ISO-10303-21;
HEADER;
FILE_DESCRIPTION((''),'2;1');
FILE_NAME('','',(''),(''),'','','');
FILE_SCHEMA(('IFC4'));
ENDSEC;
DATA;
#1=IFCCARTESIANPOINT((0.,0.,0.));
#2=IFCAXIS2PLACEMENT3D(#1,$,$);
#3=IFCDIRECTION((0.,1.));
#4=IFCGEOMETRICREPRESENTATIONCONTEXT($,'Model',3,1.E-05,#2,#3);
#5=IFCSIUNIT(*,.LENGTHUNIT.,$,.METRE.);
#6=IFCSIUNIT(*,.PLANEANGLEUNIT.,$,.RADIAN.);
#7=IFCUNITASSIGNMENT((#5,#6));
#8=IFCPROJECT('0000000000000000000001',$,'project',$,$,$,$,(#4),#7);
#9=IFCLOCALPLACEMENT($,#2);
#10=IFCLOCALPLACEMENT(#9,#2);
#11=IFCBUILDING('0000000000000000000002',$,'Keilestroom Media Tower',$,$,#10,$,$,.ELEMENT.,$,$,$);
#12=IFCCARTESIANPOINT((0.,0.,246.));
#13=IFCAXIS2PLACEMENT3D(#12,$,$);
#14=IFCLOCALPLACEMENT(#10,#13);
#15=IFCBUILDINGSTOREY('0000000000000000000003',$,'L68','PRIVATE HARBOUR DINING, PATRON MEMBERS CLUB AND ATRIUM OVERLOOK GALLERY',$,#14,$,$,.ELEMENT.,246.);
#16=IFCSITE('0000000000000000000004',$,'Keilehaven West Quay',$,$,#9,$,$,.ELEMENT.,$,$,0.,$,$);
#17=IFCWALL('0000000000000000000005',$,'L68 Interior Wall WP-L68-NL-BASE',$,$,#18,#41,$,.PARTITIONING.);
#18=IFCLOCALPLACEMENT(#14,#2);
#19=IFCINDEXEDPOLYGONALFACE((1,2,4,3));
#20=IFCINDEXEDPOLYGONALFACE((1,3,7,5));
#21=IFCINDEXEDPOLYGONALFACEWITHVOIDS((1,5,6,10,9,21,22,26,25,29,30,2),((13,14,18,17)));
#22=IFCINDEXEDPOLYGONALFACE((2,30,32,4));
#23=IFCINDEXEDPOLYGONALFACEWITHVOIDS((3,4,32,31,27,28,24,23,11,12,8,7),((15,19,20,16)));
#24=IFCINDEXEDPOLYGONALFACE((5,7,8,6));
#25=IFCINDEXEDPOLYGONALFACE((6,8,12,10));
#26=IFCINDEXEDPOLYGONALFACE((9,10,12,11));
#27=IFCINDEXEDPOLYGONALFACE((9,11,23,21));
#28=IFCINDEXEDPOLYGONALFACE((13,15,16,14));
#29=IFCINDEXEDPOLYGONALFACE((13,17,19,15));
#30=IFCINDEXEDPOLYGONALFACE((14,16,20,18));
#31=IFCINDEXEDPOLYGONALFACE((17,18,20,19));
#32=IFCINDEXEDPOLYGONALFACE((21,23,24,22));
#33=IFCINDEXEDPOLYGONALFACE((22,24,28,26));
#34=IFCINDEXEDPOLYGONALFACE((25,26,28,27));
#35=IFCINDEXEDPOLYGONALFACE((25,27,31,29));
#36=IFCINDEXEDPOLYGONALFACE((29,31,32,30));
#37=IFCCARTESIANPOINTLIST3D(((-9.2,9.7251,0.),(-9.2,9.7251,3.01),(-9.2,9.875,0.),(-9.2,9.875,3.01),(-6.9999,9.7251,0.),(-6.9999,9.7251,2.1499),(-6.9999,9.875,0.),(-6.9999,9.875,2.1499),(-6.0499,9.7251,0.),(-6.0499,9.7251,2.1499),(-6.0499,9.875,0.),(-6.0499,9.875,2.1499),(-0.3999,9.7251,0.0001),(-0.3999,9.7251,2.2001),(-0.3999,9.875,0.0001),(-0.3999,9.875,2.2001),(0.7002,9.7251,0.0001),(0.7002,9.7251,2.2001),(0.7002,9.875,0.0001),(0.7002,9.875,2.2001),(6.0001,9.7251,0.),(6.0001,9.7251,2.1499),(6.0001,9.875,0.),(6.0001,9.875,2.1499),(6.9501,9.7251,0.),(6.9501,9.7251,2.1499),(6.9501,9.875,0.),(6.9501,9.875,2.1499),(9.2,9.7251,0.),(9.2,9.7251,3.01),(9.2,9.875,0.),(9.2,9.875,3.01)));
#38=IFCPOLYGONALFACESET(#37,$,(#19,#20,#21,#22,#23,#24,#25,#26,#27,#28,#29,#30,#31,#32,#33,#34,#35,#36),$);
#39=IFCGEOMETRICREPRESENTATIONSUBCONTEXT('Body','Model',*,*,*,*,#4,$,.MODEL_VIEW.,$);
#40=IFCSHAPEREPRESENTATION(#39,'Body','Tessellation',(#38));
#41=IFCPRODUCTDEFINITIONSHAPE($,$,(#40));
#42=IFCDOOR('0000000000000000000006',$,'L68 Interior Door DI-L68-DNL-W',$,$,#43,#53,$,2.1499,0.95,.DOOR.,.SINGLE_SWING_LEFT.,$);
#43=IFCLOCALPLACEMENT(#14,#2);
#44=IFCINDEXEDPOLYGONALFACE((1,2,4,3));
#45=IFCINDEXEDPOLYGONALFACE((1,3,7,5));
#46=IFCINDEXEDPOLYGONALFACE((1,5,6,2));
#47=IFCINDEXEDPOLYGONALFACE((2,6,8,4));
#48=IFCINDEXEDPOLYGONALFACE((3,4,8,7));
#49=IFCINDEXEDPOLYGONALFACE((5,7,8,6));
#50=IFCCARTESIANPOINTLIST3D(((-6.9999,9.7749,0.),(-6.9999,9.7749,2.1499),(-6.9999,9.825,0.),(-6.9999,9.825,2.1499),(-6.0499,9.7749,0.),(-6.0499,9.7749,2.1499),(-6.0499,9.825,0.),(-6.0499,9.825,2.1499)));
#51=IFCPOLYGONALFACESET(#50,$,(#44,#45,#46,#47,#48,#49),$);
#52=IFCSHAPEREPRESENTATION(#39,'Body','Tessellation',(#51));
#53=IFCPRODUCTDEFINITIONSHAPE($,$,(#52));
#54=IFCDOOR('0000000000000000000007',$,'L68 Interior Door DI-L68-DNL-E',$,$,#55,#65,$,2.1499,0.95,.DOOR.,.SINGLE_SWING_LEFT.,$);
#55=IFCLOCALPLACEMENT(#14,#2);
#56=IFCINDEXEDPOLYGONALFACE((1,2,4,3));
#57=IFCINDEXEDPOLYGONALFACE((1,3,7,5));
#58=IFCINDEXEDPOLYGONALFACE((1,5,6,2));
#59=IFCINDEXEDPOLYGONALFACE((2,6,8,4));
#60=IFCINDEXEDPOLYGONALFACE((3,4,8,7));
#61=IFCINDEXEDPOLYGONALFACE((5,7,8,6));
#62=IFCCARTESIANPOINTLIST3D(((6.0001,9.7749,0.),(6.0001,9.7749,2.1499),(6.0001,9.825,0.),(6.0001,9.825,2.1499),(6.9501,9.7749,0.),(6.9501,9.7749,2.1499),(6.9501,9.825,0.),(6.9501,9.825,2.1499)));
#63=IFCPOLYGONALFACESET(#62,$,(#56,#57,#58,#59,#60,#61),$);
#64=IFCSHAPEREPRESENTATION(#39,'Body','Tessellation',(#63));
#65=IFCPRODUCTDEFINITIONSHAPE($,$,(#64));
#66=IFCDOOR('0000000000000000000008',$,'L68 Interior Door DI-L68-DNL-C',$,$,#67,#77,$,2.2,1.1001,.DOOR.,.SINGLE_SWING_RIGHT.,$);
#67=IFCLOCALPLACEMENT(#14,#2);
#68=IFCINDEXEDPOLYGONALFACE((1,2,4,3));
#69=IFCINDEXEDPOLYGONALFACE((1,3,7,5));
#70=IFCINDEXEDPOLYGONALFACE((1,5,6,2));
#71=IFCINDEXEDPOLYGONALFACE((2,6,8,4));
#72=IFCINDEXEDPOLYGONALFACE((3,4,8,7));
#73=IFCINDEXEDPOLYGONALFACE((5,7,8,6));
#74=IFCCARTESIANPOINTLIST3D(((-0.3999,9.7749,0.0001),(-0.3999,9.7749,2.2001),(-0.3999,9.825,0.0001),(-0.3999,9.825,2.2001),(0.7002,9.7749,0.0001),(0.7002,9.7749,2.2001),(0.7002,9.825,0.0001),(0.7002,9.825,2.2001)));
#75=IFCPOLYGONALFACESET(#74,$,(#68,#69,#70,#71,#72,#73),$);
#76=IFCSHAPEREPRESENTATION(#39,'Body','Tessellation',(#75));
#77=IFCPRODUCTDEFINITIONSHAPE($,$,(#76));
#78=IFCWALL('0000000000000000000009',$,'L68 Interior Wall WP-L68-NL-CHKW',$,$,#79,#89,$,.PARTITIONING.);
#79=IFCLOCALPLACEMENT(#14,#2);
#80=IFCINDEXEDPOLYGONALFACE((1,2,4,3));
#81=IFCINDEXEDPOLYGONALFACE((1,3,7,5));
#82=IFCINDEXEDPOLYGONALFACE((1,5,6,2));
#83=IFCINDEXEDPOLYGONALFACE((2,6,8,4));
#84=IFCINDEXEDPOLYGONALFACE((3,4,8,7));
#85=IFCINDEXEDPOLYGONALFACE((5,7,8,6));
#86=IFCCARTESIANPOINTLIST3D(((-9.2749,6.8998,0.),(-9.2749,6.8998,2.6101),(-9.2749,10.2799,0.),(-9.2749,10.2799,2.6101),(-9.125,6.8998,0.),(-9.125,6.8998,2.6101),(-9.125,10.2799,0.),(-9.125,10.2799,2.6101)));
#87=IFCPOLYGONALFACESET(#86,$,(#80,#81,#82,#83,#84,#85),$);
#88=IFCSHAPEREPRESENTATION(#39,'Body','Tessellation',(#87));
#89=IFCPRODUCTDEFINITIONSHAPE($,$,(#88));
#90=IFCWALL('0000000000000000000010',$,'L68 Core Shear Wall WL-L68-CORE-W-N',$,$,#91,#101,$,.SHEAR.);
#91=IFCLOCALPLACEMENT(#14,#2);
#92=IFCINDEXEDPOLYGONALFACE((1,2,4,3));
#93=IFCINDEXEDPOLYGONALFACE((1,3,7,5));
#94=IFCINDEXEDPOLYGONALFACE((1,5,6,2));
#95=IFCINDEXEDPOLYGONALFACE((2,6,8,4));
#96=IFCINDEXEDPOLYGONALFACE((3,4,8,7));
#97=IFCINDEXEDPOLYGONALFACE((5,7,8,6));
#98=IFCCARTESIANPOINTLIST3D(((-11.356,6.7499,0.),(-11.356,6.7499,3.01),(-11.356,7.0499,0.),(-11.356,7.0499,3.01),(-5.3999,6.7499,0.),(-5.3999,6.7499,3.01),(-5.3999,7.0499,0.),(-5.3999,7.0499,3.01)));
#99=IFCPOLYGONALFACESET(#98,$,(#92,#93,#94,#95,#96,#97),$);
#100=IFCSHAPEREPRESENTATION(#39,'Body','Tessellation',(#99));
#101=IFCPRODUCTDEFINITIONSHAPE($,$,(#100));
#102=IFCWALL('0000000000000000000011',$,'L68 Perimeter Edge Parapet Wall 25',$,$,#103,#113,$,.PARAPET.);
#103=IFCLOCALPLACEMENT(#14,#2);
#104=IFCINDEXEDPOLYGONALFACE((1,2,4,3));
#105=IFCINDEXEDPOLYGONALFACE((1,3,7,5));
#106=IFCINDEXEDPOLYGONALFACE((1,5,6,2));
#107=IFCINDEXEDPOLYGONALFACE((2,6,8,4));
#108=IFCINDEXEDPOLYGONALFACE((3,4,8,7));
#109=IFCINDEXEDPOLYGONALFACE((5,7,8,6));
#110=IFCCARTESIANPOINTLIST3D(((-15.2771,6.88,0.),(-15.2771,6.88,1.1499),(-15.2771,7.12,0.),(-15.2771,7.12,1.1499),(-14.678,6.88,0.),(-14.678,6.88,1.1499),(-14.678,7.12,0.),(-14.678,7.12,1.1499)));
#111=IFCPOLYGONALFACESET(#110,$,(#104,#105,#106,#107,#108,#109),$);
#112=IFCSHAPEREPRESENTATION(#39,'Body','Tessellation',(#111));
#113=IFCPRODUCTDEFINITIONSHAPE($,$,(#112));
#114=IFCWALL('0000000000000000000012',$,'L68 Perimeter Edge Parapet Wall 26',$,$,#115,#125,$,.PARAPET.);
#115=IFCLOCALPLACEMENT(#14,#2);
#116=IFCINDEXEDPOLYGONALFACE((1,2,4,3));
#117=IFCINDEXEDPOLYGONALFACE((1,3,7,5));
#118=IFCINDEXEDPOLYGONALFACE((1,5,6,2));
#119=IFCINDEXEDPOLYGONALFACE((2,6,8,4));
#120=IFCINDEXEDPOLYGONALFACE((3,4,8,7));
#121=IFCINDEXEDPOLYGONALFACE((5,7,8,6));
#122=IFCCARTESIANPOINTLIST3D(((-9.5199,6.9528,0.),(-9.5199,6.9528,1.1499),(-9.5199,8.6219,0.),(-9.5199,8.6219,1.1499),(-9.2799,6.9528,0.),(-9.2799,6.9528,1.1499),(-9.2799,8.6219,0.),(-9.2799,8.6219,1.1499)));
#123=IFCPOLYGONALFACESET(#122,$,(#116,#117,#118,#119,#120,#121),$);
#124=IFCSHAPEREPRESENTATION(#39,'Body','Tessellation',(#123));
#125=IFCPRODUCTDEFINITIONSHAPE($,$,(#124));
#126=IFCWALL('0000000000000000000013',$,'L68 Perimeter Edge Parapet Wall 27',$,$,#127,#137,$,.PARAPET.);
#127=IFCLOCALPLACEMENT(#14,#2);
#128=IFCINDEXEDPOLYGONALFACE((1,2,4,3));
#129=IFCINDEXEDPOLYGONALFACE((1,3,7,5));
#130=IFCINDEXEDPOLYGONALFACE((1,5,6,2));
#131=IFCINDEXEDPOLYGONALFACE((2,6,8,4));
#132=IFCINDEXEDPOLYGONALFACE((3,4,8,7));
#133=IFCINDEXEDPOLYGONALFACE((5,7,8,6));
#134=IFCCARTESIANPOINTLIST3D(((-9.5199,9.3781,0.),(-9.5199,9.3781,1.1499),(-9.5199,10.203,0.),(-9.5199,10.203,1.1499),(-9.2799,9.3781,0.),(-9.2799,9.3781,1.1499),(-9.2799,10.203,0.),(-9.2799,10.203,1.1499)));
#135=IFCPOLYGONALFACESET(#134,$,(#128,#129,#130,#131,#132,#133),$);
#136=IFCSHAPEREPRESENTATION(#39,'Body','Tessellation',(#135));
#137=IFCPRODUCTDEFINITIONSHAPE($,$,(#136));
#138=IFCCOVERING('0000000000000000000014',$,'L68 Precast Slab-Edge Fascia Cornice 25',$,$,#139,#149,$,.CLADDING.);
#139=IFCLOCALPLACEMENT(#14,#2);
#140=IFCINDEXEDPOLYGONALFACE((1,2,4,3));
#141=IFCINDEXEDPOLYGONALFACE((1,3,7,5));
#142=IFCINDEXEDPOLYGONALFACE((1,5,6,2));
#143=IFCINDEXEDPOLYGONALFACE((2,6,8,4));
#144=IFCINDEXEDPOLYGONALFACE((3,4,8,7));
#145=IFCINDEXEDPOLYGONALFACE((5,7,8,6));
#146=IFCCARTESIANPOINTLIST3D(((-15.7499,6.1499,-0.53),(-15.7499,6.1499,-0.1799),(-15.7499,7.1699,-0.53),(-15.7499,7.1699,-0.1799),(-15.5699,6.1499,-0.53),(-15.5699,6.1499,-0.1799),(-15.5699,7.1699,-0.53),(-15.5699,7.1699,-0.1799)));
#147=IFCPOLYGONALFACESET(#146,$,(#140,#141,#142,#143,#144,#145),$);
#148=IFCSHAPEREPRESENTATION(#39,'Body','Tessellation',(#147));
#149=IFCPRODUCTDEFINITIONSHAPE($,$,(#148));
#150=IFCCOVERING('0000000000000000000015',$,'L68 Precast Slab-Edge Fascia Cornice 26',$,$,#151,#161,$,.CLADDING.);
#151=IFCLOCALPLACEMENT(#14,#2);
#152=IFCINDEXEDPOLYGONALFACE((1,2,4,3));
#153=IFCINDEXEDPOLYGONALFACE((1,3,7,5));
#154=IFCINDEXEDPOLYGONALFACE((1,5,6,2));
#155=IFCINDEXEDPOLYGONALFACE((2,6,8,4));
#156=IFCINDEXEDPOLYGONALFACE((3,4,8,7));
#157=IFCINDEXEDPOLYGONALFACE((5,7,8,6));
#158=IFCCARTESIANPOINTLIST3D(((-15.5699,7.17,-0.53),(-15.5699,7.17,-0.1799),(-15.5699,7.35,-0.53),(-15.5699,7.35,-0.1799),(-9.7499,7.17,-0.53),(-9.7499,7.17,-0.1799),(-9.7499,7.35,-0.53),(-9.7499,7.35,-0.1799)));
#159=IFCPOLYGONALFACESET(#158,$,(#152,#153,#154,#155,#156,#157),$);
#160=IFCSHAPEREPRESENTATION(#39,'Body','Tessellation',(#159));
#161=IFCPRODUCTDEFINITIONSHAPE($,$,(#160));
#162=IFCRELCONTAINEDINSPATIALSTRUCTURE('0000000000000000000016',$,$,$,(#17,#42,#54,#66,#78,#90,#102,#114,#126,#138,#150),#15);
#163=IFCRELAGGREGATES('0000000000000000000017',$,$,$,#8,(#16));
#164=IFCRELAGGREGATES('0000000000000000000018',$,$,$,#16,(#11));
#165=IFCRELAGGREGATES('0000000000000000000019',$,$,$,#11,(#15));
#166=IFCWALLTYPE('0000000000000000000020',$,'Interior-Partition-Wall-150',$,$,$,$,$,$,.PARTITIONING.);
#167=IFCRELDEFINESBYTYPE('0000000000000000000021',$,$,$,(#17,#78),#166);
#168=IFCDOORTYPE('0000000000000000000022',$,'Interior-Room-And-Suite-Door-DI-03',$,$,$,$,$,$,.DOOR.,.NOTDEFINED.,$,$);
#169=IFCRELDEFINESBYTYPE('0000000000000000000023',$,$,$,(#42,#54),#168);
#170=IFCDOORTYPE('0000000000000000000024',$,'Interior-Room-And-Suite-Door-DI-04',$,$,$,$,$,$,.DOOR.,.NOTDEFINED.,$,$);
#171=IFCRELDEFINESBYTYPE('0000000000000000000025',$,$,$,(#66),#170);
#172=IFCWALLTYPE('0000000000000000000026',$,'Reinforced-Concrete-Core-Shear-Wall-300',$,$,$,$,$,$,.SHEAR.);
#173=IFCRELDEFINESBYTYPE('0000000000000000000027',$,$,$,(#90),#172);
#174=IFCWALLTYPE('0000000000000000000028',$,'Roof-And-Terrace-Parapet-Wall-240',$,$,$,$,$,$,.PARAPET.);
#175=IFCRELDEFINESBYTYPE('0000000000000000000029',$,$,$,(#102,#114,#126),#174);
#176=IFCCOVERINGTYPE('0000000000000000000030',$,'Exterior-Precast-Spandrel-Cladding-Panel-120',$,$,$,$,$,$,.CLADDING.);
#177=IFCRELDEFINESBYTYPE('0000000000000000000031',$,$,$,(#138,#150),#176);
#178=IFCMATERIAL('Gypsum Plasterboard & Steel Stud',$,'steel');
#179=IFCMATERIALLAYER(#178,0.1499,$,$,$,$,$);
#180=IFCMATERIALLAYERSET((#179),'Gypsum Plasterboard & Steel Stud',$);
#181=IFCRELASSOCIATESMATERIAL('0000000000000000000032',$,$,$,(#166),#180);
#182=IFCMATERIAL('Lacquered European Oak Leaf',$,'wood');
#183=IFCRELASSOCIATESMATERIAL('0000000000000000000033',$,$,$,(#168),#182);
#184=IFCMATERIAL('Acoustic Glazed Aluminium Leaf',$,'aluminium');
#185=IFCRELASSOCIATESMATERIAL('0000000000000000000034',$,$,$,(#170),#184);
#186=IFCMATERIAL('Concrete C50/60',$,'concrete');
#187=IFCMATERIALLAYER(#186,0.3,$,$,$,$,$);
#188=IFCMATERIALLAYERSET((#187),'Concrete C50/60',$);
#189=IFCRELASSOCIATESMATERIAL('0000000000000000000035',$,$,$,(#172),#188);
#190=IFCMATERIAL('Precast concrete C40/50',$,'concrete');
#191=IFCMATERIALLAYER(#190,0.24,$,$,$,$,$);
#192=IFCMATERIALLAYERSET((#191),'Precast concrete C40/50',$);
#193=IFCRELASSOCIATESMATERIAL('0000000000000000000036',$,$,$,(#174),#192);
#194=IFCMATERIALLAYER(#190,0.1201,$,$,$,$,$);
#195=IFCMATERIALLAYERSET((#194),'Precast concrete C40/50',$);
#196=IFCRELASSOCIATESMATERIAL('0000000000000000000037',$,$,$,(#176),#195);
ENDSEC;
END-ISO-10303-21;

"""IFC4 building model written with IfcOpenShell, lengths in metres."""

from ifc_helpers import new_model, si_unit, direction, frame, frame_2d, origin, origin_2d, place, context, subcontext, project, spatial, rectangle, extrude, source, transform, mapped, material, layer, layer_set, type_object, element, fill, save


model = new_model("IFC4")

# Units and contexts
model_context = context("Model", 3, precision=1e-05, world=origin(), true_north=direction((0.0, 1.0)))
body_context = subcontext(model_context, "Body", "Model", "MODEL_VIEW")
ifc_project = project(units=[si_unit("LENGTHUNIT", "METRE"), si_unit("PLANEANGLEUNIT", "RADIAN")], contexts=[model_context])

# Site, building, storey
site_placement = place(None, origin())
site = spatial("IfcSite", under=ifc_project, at=site_placement, Name="Keilehaven West Quay", CompositionType="ELEMENT", RefElevation=0.0)
building_placement = place(site_placement, origin())
building = spatial("IfcBuilding", under=site, at=building_placement, Name="Keilestroom Media Tower", CompositionType="ELEMENT")
storey_placement = place(building_placement, frame((0.0, 0.0, 246.0)))
storey = spatial("IfcBuildingStorey", under=building, at=storey_placement, Name="L68", Description="PRIVATE HARBOUR DINING, PATRON MEMBERS CLUB AND ATRIUM OVERLOOK GALLERY", CompositionType="ELEMENT", Elevation=246.0)

# Shared definitions
ifc_material_1 = material(Name="Precast concrete C40/50", Category="concrete")
ifc_material_2 = material(Name="Concrete C50/60", Category="concrete")

# Wall, openings, doors
ifc_material_3 = material(Name="Gypsum Plasterboard & Steel Stud", Category="steel")
ifc_layer_1 = layer(ifc_material_3, 0.1499)
ifc_layer_set_1 = layer_set([ifc_layer_1], Name="Gypsum Plasterboard & Steel Stud")
wall_type_1 = type_object("IfcWallType", Name="Interior-Partition-Wall-150", PredefinedType="PARTITIONING", material=ifc_layer_set_1)
wall_1_placement = place(storey_placement, frame((-9.2, 9.8, 0.0), z_axis=(0.0, 0.0, 1.0), x_axis=(1.0, 0.0, 0.0)))
wall_1 = element("IfcWall", 1, at=wall_1_placement, inside=storey, type_object=wall_type_1, Name="L68 Interior Wall WP-L68-NL-BASE", PredefinedType="PARTITIONING", context=body_context, shape_type="SweptSolid", body=[
    extrude(rectangle(XDim=18.3999, YDim=0.1499, at=frame_2d((9.2, 0.0))), origin(), (0.0, 0.0, 1.0), 3.01),
])
opening_1_placement = place(wall_1_placement, frame((2.2, 0.0, 0.0)))
opening_1 = element("IfcOpeningElement", 2, at=opening_1_placement, cuts=wall_1, PredefinedType="OPENING", context=body_context, shape_type="SweptSolid", body=[
    extrude(rectangle(XDim=0.95, YDim=2.1499, at=frame_2d((0.4751, 1.075))), frame((0.0, 0.085, 0.0), z_axis=(0.0, -1.0, 0.0), x_axis=(1.0, 0.0, 0.0)), (0.0, 0.0, 1.0), 0.1699),
])
opening_2_placement = place(wall_1_placement, frame((8.8, 0.0, 0.0)))
opening_2 = element("IfcOpeningElement", 3, at=opening_2_placement, cuts=wall_1, PredefinedType="OPENING", context=body_context, shape_type="SweptSolid", body=[
    extrude(rectangle(XDim=1.1001, YDim=2.2, at=frame_2d((0.55, 1.1001))), frame((0.0, 0.085, 0.0), z_axis=(0.0, -1.0, 0.0), x_axis=(1.0, 0.0, 0.0)), (0.0, 0.0, 1.0), 0.1699),
])
opening_3_placement = place(wall_1_placement, frame((15.2, 0.0, 0.0)))
opening_3 = element("IfcOpeningElement", 4, at=opening_3_placement, cuts=wall_1, PredefinedType="OPENING", context=body_context, shape_type="SweptSolid", body=[
    extrude(rectangle(XDim=0.95, YDim=2.1499, at=frame_2d((0.4751, 1.075))), frame((0.0, 0.085, 0.0), z_axis=(0.0, -1.0, 0.0), x_axis=(1.0, 0.0, 0.0)), (0.0, 0.0, 1.0), 0.1699),
])
ifc_material_4 = material(Name="Lacquered European Oak Leaf", Category="wood")
door_type_1 = type_object("IfcDoorType", Name="Interior-Room-And-Suite-Door-DI-03", OperationType="NOTDEFINED", PredefinedType="DOOR", material=ifc_material_4)
shared_shape_1 = source(origin(), body_context, "Body", "SweptSolid", [
    extrude(rectangle(XDim=0.95, YDim=2.1499, at=frame_2d((0.4751, 1.075))), frame((0.0, 0.0249, 0.0), z_axis=(0.0, -1.0, 0.0), x_axis=(1.0, 0.0, 0.0)), (0.0, 0.0, 1.0), 0.05),
])
door_1_placement = place(opening_1_placement, origin())
door_1 = element("IfcDoor", 5, at=door_1_placement, inside=storey, type_object=door_type_1, Name="L68 Interior Door DI-L68-DNL-W", OperationType="SINGLE_SWING_LEFT", OverallHeight=2.1499, OverallWidth=0.95, PredefinedType="DOOR", context=body_context, shape_type="MappedRepresentation", body=[
    mapped(shared_shape_1, transform((0.0, 0.0, 0.0), x_axis=(1.0, 0.0, 0.0), y_axis=(0.0, 1.0, 0.0), z_axis=(0.0, 0.0, 1.0), scale=1.0)),
])
fill(opening_1, door_1)
door_2_placement = place(opening_3_placement, origin())
door_2 = element("IfcDoor", 6, at=door_2_placement, inside=storey, type_object=door_type_1, Name="L68 Interior Door DI-L68-DNL-E", OperationType="SINGLE_SWING_LEFT", OverallHeight=2.1499, OverallWidth=0.95, PredefinedType="DOOR", context=body_context, shape_type="MappedRepresentation", body=[
    mapped(shared_shape_1, transform((0.0, 0.0, 0.0), x_axis=(1.0, 0.0, 0.0), y_axis=(0.0, 1.0, 0.0), z_axis=(0.0, 0.0, 1.0), scale=1.0)),
])
fill(opening_3, door_2)
ifc_material_5 = material(Name="Acoustic Glazed Aluminium Leaf", Category="aluminium")
door_type_2 = type_object("IfcDoorType", Name="Interior-Room-And-Suite-Door-DI-04", OperationType="NOTDEFINED", PredefinedType="DOOR", material=ifc_material_5)
shared_shape_2 = source(origin(), body_context, "Body", "SweptSolid", [
    extrude(rectangle(XDim=1.1001, YDim=2.2, at=frame_2d((0.55, 1.1001))), frame((0.0, 0.0249, 0.0), z_axis=(0.0, -1.0, 0.0), x_axis=(1.0, 0.0, 0.0)), (0.0, 0.0, 1.0), 0.05),
])
door_3_placement = place(opening_2_placement, origin())
door_3 = element("IfcDoor", 7, at=door_3_placement, inside=storey, type_object=door_type_2, Name="L68 Interior Door DI-L68-DNL-C", OperationType="SINGLE_SWING_RIGHT", OverallHeight=2.2, OverallWidth=1.1001, PredefinedType="DOOR", context=body_context, shape_type="MappedRepresentation", body=[
    mapped(shared_shape_2, transform((0.0, 0.0, 0.0), x_axis=(1.0, 0.0, 0.0), y_axis=(0.0, 1.0, 0.0), z_axis=(0.0, 0.0, 1.0), scale=1.0)),
])
fill(opening_2, door_3)

# Walls
wall_2_placement = place(storey_placement, frame((-9.2, 6.8999, 0.0), z_axis=(0.0, 0.0, 1.0), x_axis=(0.0, 1.0, 0.0)))
element("IfcWall", 8, at=wall_2_placement, inside=storey, type_object=wall_type_1, Name="L68 Interior Wall WP-L68-NL-CHKW", PredefinedType="PARTITIONING", context=body_context, shape_type="SweptSolid", body=[
    extrude(rectangle(XDim=3.3801, YDim=0.1499, at=frame_2d((1.6899, 0.0))), origin(), (0.0, 0.0, 1.0), 2.6101),
])
ifc_layer_2 = layer(ifc_material_2, 0.3)
ifc_layer_set_2 = layer_set([ifc_layer_2], Name="Concrete C50/60")
wall_type_2 = type_object("IfcWallType", Name="Reinforced-Concrete-Core-Shear-Wall-300", PredefinedType="SHEAR", material=ifc_layer_set_2)
wall_3_placement = place(storey_placement, frame((-11.356, 6.8999, 0.0), z_axis=(0.0, 0.0, 1.0), x_axis=(1.0, 0.0, 0.0)))
element("IfcWall", 9, at=wall_3_placement, inside=storey, type_object=wall_type_2, Name="L68 Core Shear Wall WL-L68-CORE-W-N", PredefinedType="SHEAR", context=body_context, shape_type="SweptSolid", body=[
    extrude(rectangle(XDim=5.9561, YDim=0.3, at=frame_2d((2.978, 0.0))), origin(), (0.0, 0.0, 1.0), 3.01),
])
ifc_layer_3 = layer(ifc_material_1, 0.24)
ifc_layer_set_3 = layer_set([ifc_layer_3], Name="Precast concrete C40/50")
wall_type_3 = type_object("IfcWallType", Name="Roof-And-Terrace-Parapet-Wall-240", PredefinedType="PARAPET", material=ifc_layer_set_3)
wall_4_placement = place(storey_placement, frame((-15.2771, 7.0, 0.0), z_axis=(0.0, 0.0, 1.0), x_axis=(1.0, 0.0, 0.0)))
element("IfcWall", 10, at=wall_4_placement, inside=storey, type_object=wall_type_3, Name="L68 Perimeter Edge Parapet Wall 25", PredefinedType="PARAPET", context=body_context, shape_type="SweptSolid", body=[
    extrude(rectangle(XDim=0.5991, YDim=0.24, at=frame_2d((0.2996, 0.0))), origin(), (0.0, 0.0, 1.0), 1.1499),
])
wall_5_placement = place(storey_placement, frame((-9.3999, 6.9529, 0.0), z_axis=(0.0, 0.0, 1.0), x_axis=(0.0, 1.0, 0.0)))
element("IfcWall", 11, at=wall_5_placement, inside=storey, type_object=wall_type_3, Name="L68 Perimeter Edge Parapet Wall 26", PredefinedType="PARAPET", context=body_context, shape_type="SweptSolid", body=[
    extrude(rectangle(XDim=1.6692, YDim=0.24, at=frame_2d((0.8345, 0.0))), origin(), (0.0, 0.0, 1.0), 1.1499),
])
wall_6_placement = place(storey_placement, frame((-9.3999, 9.3779, 0.0), z_axis=(0.0, 0.0, 1.0), x_axis=(0.0, 1.0, 0.0)))
element("IfcWall", 12, at=wall_6_placement, inside=storey, type_object=wall_type_3, Name="L68 Perimeter Edge Parapet Wall 27", PredefinedType="PARAPET", context=body_context, shape_type="SweptSolid", body=[
    extrude(rectangle(XDim=0.825, YDim=0.24, at=frame_2d((0.4126, 0.0))), origin(), (0.0, 0.0, 1.0), 1.1499),
])

# Coverings
ifc_layer_4 = layer(ifc_material_1, 0.1201)
ifc_layer_set_4 = layer_set([ifc_layer_4], Name="Precast concrete C40/50")
covering_type = type_object("IfcCoveringType", Name="Exterior-Precast-Spandrel-Cladding-Panel-120", PredefinedType="CLADDING", material=ifc_layer_set_4)
shared_shape_3 = source(origin(), body_context, "Body", "SweptSolid", [
    extrude(rectangle(XDim=1.02, YDim=0.1799, at=origin_2d()), origin(), (0.0, 0.0, 1.0), 0.3501),
])
covering_1_placement = place(storey_placement, frame((-15.6599, 6.6599, -0.53), z_axis=(0.0, 0.0, 1.0), x_axis=(0.0, 1.0, 0.0)))
element("IfcCovering", 13, at=covering_1_placement, inside=storey, type_object=covering_type, Name="L68 Precast Slab-Edge Fascia Cornice 25", PredefinedType="CLADDING", context=body_context, shape_type="MappedRepresentation", body=[
    mapped(shared_shape_3, transform((0.0, 0.0, 0.0), x_axis=(1.0, 0.0, 0.0), y_axis=(0.0, 1.0, 0.0), z_axis=(0.0, 0.0, 1.0), scale=1.0)),
])
shared_shape_4 = source(origin(), body_context, "Body", "SweptSolid", [
    extrude(rectangle(XDim=5.8201, YDim=0.1799, at=origin_2d()), origin(), (0.0, 0.0, 1.0), 0.3501),
])
covering_2_placement = place(storey_placement, frame((-12.6599, 7.26, -0.53), z_axis=(0.0, 0.0, 1.0), x_axis=(1.0, 0.0, 0.0)))
element("IfcCovering", 14, at=covering_2_placement, inside=storey, type_object=covering_type, Name="L68 Precast Slab-Edge Fascia Cornice 26", PredefinedType="CLADDING", context=body_context, shape_type="MappedRepresentation", body=[
    mapped(shared_shape_4, transform((0.0, 0.0, 0.0), x_axis=(1.0, 0.0, 0.0), y_axis=(0.0, 1.0, 0.0), z_axis=(0.0, 0.0, 1.0), scale=1.0)),
])

save(model, "model.ifc")
